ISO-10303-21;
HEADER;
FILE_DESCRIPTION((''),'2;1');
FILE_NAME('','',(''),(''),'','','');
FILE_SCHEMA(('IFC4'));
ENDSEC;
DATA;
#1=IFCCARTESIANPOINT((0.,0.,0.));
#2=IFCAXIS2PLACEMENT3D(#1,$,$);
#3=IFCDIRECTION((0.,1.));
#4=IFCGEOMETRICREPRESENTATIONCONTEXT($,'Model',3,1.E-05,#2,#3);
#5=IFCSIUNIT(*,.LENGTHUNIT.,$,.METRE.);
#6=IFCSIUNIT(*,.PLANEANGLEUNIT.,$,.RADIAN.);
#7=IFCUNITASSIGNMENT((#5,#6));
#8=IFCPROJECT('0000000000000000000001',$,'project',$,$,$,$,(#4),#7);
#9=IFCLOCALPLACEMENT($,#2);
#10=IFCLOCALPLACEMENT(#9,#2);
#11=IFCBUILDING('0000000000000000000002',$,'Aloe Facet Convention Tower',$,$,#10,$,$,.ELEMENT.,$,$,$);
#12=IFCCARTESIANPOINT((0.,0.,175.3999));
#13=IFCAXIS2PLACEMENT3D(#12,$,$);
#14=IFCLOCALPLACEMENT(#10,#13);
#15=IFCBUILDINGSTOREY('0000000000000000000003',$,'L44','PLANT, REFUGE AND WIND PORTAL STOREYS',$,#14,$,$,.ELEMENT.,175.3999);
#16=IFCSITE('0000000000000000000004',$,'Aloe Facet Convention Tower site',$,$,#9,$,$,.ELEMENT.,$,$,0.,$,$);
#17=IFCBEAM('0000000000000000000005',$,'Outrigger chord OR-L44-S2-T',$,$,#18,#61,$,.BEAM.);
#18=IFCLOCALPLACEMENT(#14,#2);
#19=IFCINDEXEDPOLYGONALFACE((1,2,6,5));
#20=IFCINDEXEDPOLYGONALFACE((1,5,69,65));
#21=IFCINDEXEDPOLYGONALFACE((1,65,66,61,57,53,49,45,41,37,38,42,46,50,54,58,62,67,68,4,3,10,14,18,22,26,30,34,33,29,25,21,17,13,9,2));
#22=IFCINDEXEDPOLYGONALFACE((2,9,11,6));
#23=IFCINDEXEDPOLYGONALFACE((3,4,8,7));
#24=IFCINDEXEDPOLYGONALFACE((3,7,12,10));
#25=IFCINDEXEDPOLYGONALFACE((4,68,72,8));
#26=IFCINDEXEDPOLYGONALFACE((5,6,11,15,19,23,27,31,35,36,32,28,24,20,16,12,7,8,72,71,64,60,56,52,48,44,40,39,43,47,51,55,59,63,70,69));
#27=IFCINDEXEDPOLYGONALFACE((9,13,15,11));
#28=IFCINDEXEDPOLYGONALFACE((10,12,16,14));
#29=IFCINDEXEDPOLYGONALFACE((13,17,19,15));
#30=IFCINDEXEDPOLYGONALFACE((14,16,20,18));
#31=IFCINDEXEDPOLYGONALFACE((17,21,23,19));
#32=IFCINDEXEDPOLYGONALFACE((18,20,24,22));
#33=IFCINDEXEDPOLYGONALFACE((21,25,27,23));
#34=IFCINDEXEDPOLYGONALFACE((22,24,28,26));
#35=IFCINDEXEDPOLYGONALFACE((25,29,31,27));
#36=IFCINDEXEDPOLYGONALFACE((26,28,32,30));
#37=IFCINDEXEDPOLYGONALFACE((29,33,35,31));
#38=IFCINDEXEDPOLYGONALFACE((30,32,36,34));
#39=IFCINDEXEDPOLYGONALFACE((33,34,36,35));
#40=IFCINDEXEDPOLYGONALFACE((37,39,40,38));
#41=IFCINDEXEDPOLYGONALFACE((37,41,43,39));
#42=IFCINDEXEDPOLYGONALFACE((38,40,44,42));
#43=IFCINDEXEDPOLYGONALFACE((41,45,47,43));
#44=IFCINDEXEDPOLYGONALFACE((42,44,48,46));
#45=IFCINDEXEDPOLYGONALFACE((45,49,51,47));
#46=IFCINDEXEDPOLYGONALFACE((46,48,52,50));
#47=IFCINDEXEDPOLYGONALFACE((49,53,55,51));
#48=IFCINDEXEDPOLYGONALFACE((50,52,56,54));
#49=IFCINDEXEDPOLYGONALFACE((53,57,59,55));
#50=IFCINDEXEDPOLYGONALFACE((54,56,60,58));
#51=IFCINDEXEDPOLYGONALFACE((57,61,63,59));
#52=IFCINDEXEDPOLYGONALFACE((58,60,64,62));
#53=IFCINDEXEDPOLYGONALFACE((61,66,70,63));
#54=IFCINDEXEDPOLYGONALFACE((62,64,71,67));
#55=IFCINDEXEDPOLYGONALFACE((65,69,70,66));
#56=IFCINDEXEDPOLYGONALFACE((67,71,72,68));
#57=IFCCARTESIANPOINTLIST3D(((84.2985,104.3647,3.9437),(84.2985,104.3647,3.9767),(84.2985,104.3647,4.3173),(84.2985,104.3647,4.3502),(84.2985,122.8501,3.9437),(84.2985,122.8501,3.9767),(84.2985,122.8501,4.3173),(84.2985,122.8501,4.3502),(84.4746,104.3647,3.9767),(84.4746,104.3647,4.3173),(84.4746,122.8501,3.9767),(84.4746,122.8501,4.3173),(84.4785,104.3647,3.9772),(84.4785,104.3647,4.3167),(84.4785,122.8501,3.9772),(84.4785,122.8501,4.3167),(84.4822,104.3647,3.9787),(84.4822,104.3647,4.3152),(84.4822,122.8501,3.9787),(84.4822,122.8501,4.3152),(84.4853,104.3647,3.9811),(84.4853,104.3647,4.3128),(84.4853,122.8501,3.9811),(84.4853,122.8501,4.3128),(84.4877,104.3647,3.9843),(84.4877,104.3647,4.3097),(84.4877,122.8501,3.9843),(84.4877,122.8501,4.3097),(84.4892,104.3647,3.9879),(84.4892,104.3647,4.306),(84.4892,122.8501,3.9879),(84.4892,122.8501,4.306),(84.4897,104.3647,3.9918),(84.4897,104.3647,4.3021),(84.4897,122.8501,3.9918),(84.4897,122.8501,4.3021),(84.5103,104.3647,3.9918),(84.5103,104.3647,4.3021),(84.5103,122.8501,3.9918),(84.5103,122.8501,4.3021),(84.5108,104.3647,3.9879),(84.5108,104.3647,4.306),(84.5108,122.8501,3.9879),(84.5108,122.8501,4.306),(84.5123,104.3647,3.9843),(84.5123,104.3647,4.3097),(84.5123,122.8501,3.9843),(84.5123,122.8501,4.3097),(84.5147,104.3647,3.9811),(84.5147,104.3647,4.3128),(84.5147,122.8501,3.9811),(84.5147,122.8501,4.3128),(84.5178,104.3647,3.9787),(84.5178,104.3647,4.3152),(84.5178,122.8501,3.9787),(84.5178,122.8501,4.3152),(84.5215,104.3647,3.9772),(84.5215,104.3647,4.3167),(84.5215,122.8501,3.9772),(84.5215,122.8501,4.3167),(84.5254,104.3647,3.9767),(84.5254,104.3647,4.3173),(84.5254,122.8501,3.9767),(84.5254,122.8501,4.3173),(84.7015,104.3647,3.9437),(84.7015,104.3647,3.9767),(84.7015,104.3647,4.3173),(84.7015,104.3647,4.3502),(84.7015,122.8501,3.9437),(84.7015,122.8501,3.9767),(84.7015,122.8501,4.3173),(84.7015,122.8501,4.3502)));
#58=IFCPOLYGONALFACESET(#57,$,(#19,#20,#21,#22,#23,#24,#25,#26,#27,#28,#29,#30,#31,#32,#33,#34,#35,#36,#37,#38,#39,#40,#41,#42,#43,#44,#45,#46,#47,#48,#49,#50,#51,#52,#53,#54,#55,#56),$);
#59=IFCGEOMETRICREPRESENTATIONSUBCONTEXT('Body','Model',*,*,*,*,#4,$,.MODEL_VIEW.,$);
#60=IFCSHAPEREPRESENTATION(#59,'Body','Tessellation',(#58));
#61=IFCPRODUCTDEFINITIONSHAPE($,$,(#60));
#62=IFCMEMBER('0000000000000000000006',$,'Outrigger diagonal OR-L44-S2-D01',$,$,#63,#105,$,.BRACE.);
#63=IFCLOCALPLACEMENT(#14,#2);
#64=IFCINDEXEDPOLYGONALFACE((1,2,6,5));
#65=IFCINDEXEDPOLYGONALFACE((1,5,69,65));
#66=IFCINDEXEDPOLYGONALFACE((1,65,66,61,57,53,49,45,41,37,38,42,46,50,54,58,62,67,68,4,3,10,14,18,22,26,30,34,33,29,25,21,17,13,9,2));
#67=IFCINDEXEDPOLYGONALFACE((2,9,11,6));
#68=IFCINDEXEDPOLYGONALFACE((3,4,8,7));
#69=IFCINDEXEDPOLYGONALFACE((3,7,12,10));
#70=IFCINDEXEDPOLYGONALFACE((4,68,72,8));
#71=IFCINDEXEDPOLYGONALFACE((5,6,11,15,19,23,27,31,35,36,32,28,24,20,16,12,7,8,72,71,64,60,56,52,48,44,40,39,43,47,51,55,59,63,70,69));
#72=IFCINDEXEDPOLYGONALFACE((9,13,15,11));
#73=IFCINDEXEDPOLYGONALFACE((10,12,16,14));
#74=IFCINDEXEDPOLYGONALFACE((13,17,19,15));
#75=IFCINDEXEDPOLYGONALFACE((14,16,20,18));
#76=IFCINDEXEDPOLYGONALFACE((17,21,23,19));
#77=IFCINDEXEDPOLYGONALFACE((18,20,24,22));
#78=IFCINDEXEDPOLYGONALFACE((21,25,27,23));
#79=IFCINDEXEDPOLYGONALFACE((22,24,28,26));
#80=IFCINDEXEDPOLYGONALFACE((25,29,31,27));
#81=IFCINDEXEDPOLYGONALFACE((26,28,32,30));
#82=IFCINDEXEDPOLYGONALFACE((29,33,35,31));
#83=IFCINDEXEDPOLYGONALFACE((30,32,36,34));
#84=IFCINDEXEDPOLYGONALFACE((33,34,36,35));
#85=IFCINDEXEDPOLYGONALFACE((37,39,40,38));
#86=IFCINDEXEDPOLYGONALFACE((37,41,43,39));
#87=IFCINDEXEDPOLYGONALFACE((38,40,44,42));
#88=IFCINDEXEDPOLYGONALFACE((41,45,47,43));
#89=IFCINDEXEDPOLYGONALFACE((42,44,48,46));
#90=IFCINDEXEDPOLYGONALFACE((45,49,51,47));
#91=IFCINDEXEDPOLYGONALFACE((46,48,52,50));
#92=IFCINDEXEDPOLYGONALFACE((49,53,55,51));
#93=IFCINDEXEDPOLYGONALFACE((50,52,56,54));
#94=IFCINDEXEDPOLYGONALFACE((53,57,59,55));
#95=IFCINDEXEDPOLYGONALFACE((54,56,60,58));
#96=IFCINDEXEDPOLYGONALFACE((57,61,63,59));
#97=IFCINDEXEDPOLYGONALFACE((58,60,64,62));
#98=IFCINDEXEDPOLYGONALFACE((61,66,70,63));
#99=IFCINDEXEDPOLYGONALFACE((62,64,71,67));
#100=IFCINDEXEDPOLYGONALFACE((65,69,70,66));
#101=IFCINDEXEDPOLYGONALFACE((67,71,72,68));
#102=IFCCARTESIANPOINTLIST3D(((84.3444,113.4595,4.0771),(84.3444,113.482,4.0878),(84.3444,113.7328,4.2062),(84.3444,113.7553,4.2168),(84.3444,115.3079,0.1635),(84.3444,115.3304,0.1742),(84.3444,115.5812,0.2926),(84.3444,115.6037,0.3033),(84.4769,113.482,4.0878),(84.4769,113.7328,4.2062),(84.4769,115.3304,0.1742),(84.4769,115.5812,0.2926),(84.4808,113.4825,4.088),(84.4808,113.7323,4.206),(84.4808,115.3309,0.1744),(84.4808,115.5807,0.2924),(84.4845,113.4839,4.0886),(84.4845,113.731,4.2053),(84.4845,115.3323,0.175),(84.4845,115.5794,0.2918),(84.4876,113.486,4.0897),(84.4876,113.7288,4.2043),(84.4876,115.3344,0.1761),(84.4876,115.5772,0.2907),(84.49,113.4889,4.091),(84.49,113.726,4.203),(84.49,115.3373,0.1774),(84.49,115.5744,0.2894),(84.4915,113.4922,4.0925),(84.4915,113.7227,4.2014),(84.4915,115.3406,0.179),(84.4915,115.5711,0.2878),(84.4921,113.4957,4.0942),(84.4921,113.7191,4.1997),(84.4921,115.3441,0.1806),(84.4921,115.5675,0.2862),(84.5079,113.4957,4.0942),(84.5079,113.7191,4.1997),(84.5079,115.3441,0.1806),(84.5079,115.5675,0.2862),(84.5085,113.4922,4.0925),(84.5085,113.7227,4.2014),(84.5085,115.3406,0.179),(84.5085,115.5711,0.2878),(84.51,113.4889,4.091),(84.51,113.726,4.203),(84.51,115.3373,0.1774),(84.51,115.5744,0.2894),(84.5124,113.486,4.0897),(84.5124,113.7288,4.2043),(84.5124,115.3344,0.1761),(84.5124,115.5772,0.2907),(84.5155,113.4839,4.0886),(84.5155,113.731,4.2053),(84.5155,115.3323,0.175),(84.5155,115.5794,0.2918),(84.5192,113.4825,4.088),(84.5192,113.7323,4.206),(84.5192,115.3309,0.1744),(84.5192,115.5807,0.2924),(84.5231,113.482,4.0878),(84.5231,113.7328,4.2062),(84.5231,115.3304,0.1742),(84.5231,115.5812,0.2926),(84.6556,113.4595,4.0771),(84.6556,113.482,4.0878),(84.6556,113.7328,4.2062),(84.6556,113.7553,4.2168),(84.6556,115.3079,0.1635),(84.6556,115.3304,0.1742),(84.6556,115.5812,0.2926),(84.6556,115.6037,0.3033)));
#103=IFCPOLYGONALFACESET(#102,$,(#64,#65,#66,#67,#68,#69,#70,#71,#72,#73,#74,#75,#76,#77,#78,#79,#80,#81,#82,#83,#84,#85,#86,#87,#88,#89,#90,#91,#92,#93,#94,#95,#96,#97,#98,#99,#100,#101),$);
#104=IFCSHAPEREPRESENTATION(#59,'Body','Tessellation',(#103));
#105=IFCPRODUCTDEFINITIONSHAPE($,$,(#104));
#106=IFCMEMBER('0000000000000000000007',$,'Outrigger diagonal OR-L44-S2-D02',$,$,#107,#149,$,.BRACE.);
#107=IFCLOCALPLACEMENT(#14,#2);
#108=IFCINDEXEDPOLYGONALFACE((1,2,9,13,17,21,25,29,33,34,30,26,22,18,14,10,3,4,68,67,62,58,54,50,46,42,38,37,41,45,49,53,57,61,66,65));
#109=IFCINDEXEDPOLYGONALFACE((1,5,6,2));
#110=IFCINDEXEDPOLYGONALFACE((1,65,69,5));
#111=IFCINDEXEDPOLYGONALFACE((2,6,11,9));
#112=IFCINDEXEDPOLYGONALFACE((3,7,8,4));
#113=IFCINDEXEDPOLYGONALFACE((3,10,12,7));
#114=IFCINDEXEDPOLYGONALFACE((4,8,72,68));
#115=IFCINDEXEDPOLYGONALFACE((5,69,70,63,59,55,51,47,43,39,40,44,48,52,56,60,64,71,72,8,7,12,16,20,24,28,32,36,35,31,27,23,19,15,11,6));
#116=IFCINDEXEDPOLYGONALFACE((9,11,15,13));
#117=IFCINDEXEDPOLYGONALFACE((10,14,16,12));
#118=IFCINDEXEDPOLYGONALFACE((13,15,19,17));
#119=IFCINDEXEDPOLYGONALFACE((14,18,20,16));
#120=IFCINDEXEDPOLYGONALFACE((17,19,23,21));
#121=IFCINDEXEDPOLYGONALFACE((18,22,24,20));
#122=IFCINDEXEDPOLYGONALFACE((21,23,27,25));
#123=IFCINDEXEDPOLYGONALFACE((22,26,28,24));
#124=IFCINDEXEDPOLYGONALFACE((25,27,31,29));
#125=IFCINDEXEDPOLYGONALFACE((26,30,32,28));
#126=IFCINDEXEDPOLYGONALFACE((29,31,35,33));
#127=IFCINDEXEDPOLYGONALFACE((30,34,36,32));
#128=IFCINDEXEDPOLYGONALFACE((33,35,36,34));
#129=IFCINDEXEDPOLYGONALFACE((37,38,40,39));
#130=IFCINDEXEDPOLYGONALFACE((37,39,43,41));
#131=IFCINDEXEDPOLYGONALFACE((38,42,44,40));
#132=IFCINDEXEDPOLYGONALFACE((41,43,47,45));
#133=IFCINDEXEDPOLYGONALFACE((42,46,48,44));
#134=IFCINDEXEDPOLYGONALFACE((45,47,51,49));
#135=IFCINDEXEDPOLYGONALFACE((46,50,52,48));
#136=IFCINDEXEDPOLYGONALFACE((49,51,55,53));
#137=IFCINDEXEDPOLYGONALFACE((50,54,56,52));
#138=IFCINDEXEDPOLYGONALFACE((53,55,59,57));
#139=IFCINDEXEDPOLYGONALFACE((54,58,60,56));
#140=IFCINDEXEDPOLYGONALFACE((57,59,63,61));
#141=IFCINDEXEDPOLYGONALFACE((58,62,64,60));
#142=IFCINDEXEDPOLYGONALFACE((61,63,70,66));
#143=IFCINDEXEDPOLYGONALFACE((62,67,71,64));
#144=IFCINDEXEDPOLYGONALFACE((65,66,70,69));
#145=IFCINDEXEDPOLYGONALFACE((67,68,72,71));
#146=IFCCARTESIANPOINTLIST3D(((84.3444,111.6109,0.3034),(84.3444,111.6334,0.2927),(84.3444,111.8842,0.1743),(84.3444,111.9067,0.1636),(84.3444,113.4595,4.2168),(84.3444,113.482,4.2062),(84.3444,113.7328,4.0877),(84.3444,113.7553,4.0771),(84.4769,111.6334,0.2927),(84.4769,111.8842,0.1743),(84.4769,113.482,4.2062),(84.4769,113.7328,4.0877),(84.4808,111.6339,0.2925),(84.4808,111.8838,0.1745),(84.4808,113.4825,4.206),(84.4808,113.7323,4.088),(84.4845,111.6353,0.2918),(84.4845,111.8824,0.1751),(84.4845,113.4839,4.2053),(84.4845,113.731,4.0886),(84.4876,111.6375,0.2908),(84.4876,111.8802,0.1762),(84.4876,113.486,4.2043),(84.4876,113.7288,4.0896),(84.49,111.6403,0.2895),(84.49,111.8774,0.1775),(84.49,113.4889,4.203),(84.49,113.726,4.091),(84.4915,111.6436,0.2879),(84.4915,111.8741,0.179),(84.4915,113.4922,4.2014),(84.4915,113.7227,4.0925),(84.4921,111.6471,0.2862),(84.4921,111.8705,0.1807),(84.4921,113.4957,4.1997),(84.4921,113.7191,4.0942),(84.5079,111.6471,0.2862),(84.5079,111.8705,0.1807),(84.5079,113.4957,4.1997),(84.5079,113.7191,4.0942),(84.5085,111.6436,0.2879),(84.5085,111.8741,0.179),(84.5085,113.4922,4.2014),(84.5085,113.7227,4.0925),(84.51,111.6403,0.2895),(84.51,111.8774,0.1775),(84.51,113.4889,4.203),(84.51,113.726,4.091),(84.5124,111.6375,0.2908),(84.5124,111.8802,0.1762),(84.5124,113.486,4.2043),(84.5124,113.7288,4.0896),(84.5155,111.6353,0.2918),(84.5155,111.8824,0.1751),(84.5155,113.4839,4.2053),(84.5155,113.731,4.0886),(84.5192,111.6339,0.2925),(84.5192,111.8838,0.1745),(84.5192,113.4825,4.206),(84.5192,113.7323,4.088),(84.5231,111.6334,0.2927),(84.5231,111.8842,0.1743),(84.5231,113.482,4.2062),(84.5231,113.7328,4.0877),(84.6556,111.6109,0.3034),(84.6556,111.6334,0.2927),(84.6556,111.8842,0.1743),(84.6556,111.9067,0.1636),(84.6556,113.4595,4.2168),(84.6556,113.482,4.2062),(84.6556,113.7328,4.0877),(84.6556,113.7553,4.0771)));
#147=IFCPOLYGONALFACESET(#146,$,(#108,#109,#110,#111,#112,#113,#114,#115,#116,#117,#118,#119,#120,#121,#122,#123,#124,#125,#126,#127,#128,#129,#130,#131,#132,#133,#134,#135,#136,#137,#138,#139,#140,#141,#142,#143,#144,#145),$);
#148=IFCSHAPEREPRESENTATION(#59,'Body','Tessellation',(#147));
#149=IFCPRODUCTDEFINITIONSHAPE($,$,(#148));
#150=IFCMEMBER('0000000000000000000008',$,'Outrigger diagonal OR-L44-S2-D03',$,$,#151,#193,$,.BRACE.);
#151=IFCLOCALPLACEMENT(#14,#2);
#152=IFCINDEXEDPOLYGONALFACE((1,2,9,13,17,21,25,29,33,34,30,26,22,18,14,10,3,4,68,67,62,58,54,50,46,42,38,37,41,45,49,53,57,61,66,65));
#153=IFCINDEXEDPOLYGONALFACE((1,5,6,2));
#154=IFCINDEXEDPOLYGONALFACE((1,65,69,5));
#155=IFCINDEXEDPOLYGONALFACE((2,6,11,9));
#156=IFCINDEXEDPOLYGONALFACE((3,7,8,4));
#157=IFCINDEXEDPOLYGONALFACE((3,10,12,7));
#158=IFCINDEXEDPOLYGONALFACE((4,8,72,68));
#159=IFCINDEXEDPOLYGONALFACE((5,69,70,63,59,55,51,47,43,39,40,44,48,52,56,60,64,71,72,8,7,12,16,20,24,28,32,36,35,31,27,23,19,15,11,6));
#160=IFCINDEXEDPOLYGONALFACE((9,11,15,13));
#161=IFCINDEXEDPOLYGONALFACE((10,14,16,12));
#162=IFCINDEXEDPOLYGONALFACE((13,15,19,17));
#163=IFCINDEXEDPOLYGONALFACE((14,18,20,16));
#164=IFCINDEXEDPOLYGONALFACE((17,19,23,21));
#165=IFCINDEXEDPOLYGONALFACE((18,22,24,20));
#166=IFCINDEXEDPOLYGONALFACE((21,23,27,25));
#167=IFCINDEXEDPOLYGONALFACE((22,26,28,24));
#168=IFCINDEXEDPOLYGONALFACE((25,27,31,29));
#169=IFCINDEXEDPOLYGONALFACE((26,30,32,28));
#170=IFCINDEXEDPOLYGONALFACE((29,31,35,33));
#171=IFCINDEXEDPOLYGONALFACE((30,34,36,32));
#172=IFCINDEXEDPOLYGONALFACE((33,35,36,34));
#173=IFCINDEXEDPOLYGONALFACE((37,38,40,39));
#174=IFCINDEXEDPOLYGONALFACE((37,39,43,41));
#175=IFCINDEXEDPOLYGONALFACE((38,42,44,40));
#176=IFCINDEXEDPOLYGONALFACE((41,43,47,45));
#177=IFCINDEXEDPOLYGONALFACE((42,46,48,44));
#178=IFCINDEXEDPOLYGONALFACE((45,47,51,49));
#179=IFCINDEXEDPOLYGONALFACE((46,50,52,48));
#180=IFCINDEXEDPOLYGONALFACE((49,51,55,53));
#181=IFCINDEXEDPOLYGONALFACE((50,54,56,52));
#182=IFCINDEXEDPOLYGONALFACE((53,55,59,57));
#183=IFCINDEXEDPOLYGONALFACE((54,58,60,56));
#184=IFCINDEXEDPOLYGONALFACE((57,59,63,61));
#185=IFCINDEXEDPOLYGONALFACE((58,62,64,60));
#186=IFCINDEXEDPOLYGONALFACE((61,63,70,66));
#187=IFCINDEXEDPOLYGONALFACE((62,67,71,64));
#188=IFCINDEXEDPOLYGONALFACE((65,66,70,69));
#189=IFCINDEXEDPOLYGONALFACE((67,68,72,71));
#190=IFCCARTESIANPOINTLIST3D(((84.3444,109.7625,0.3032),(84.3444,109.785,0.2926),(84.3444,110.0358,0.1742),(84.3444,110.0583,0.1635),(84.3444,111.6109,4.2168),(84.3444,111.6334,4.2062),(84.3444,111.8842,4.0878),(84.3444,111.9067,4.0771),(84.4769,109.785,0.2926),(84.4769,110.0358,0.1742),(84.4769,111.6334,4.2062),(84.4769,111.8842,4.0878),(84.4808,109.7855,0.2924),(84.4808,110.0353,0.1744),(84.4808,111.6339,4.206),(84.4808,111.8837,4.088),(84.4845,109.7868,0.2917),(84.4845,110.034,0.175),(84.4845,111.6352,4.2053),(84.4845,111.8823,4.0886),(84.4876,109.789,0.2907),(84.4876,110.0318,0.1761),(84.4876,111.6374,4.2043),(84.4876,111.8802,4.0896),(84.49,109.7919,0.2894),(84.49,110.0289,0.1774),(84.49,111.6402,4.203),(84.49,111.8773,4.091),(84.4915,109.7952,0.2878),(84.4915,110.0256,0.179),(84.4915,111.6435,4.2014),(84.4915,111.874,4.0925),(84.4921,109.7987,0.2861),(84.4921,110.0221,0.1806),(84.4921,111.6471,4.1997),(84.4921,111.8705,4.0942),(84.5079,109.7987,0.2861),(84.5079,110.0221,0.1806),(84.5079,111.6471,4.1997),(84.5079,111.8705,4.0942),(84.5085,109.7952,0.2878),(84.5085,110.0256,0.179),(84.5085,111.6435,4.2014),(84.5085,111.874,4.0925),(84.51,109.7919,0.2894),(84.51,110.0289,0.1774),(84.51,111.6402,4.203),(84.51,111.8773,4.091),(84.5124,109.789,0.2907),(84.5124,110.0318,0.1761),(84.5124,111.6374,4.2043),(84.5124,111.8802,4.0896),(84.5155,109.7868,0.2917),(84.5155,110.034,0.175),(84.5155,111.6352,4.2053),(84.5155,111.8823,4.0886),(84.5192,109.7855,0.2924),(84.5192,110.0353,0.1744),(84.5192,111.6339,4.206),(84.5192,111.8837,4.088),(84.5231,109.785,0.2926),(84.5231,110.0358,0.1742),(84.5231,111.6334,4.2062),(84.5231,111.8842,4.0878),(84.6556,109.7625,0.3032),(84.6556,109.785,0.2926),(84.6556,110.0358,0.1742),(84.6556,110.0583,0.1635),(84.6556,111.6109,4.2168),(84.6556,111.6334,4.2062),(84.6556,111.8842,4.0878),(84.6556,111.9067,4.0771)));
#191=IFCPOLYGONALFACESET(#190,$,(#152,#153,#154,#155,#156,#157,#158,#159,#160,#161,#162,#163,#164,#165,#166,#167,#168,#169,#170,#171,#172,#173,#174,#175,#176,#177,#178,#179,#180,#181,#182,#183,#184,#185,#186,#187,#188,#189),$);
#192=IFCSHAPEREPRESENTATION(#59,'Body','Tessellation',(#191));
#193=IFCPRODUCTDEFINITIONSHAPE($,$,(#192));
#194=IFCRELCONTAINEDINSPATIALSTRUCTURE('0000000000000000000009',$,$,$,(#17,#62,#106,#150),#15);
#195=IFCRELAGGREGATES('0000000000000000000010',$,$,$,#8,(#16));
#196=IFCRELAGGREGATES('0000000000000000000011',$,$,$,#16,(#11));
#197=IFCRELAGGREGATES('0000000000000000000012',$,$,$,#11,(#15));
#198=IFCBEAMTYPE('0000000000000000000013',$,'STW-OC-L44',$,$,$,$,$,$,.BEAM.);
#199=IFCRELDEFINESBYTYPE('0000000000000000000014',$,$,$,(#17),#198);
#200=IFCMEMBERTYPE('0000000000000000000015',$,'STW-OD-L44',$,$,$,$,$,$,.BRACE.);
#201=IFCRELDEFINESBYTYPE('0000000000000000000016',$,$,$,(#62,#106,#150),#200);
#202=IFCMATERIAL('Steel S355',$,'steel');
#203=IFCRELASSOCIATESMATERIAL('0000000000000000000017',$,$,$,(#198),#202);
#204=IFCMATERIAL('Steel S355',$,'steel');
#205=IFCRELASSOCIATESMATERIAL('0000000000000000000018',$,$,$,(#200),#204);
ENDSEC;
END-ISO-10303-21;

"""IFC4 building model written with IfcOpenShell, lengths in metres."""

from ifc_helpers import new_model, si_unit, direction, frame, origin, origin_2d, place, context, subcontext, project, spatial, i_section, extrude, material, material_profile, profile_set, type_object, element, save


model = new_model("IFC4")

# Units and contexts
model_context = context("Model", 3, precision=1e-05, world=origin(), true_north=direction((0.0, 1.0)))
body_context = subcontext(model_context, "Body", "Model", "MODEL_VIEW")
ifc_project = project(units=[si_unit("LENGTHUNIT", "METRE"), si_unit("PLANEANGLEUNIT", "RADIAN")], contexts=[model_context])

# Site, building, storey
site_placement = place(None, origin())
site = spatial("IfcSite", under=ifc_project, at=site_placement, Name="Aloe Facet Convention Tower site", CompositionType="ELEMENT", RefElevation=0.0)
building_placement = place(site_placement, origin())
building = spatial("IfcBuilding", under=site, at=building_placement, Name="Aloe Facet Convention Tower", CompositionType="ELEMENT")
storey_placement = place(building_placement, frame((0.0, 0.0, 175.3999)))
storey = spatial("IfcBuildingStorey", under=building, at=storey_placement, Name="L44", Description="PLANT, REFUGE AND WIND PORTAL STOREYS", CompositionType="ELEMENT", Elevation=175.3999)

# Beam
ifc_material_1 = material(Name="Steel S355", Category="steel")
ifc_material_profile_1 = material_profile(ifc_material_1, i_section(OverallWidth=0.4031, OverallDepth=0.4065, WebThickness=0.0205, FlangeThickness=0.033, FilletRadius=0.0151, at=origin_2d()), Name="UC 356x406x340")
ifc_profile_set_1 = profile_set([ifc_material_profile_1], Name="Steel S355")
beam_type_1 = type_object("IfcBeamType", Name="STW-OC-L44", PredefinedType="BEAM", material=ifc_profile_set_1)
beam_1_placement = place(storey_placement, frame((84.5, 122.8501, 4.147), z_axis=(0.0, -1.0, 0.0), x_axis=(1.0, 0.0, 0.0)))
element("IfcBeam", 1, at=beam_1_placement, inside=storey, type_object=beam_type_1, Name="Outrigger chord OR-L44-S2-T", PredefinedType="BEAM", context=body_context, shape_type="SweptSolid", body=[
    extrude(i_section(OverallWidth=0.4031, OverallDepth=0.4065, WebThickness=0.0205, FlangeThickness=0.033, FilletRadius=0.0151, at=origin_2d()), origin(), (0.0, 0.0, 1.0), 18.4854),
])

# Members
ifc_material_2 = material(Name="Steel S355", Category="steel")
ifc_material_profile_2 = material_profile(ifc_material_2, i_section(OverallWidth=0.3113, OverallDepth=0.3271, WebThickness=0.0159, FlangeThickness=0.0249, FilletRadius=0.0151, at=origin_2d()), Name="UC 305x305x158")
ifc_profile_set_2 = profile_set([ifc_material_profile_2], Name="Steel S355")
member_type_1 = type_object("IfcMemberType", Name="STW-OD-L44", PredefinedType="BRACE", material=ifc_profile_set_2)
for number, where, z_axis, x_axis, name in (
    (2, (84.5, 115.4558, 0.2334), (0.0, -0.427065, 0.904221), (1.0, 0.0, 0.0), "Outrigger diagonal OR-L44-S2-D01"),
    (3, (84.5, 113.6074, 4.147), (0.0, -0.427111, -0.904199), (1.0, 0.0, 0.0), "Outrigger diagonal OR-L44-S2-D02"),
    (4, (84.5, 111.7588, 4.147), (0.0, -0.427065, -0.904221), (1.0, 0.0, 0.0), "Outrigger diagonal OR-L44-S2-D03"),
):
    element("IfcMember", number, at=place(storey_placement, frame(where, z_axis=z_axis, x_axis=x_axis)), inside=storey, type_object=member_type_1, Name=name, PredefinedType="BRACE", context=body_context, shape_type="SweptSolid", body=[
        extrude(i_section(OverallWidth=0.3113, OverallDepth=0.3271, WebThickness=0.0159, FlangeThickness=0.0249, FilletRadius=0.0151, at=origin_2d()), origin(), (0.0, 0.0, 1.0), 4.3281),
    ])

save(model, "model.ifc")
